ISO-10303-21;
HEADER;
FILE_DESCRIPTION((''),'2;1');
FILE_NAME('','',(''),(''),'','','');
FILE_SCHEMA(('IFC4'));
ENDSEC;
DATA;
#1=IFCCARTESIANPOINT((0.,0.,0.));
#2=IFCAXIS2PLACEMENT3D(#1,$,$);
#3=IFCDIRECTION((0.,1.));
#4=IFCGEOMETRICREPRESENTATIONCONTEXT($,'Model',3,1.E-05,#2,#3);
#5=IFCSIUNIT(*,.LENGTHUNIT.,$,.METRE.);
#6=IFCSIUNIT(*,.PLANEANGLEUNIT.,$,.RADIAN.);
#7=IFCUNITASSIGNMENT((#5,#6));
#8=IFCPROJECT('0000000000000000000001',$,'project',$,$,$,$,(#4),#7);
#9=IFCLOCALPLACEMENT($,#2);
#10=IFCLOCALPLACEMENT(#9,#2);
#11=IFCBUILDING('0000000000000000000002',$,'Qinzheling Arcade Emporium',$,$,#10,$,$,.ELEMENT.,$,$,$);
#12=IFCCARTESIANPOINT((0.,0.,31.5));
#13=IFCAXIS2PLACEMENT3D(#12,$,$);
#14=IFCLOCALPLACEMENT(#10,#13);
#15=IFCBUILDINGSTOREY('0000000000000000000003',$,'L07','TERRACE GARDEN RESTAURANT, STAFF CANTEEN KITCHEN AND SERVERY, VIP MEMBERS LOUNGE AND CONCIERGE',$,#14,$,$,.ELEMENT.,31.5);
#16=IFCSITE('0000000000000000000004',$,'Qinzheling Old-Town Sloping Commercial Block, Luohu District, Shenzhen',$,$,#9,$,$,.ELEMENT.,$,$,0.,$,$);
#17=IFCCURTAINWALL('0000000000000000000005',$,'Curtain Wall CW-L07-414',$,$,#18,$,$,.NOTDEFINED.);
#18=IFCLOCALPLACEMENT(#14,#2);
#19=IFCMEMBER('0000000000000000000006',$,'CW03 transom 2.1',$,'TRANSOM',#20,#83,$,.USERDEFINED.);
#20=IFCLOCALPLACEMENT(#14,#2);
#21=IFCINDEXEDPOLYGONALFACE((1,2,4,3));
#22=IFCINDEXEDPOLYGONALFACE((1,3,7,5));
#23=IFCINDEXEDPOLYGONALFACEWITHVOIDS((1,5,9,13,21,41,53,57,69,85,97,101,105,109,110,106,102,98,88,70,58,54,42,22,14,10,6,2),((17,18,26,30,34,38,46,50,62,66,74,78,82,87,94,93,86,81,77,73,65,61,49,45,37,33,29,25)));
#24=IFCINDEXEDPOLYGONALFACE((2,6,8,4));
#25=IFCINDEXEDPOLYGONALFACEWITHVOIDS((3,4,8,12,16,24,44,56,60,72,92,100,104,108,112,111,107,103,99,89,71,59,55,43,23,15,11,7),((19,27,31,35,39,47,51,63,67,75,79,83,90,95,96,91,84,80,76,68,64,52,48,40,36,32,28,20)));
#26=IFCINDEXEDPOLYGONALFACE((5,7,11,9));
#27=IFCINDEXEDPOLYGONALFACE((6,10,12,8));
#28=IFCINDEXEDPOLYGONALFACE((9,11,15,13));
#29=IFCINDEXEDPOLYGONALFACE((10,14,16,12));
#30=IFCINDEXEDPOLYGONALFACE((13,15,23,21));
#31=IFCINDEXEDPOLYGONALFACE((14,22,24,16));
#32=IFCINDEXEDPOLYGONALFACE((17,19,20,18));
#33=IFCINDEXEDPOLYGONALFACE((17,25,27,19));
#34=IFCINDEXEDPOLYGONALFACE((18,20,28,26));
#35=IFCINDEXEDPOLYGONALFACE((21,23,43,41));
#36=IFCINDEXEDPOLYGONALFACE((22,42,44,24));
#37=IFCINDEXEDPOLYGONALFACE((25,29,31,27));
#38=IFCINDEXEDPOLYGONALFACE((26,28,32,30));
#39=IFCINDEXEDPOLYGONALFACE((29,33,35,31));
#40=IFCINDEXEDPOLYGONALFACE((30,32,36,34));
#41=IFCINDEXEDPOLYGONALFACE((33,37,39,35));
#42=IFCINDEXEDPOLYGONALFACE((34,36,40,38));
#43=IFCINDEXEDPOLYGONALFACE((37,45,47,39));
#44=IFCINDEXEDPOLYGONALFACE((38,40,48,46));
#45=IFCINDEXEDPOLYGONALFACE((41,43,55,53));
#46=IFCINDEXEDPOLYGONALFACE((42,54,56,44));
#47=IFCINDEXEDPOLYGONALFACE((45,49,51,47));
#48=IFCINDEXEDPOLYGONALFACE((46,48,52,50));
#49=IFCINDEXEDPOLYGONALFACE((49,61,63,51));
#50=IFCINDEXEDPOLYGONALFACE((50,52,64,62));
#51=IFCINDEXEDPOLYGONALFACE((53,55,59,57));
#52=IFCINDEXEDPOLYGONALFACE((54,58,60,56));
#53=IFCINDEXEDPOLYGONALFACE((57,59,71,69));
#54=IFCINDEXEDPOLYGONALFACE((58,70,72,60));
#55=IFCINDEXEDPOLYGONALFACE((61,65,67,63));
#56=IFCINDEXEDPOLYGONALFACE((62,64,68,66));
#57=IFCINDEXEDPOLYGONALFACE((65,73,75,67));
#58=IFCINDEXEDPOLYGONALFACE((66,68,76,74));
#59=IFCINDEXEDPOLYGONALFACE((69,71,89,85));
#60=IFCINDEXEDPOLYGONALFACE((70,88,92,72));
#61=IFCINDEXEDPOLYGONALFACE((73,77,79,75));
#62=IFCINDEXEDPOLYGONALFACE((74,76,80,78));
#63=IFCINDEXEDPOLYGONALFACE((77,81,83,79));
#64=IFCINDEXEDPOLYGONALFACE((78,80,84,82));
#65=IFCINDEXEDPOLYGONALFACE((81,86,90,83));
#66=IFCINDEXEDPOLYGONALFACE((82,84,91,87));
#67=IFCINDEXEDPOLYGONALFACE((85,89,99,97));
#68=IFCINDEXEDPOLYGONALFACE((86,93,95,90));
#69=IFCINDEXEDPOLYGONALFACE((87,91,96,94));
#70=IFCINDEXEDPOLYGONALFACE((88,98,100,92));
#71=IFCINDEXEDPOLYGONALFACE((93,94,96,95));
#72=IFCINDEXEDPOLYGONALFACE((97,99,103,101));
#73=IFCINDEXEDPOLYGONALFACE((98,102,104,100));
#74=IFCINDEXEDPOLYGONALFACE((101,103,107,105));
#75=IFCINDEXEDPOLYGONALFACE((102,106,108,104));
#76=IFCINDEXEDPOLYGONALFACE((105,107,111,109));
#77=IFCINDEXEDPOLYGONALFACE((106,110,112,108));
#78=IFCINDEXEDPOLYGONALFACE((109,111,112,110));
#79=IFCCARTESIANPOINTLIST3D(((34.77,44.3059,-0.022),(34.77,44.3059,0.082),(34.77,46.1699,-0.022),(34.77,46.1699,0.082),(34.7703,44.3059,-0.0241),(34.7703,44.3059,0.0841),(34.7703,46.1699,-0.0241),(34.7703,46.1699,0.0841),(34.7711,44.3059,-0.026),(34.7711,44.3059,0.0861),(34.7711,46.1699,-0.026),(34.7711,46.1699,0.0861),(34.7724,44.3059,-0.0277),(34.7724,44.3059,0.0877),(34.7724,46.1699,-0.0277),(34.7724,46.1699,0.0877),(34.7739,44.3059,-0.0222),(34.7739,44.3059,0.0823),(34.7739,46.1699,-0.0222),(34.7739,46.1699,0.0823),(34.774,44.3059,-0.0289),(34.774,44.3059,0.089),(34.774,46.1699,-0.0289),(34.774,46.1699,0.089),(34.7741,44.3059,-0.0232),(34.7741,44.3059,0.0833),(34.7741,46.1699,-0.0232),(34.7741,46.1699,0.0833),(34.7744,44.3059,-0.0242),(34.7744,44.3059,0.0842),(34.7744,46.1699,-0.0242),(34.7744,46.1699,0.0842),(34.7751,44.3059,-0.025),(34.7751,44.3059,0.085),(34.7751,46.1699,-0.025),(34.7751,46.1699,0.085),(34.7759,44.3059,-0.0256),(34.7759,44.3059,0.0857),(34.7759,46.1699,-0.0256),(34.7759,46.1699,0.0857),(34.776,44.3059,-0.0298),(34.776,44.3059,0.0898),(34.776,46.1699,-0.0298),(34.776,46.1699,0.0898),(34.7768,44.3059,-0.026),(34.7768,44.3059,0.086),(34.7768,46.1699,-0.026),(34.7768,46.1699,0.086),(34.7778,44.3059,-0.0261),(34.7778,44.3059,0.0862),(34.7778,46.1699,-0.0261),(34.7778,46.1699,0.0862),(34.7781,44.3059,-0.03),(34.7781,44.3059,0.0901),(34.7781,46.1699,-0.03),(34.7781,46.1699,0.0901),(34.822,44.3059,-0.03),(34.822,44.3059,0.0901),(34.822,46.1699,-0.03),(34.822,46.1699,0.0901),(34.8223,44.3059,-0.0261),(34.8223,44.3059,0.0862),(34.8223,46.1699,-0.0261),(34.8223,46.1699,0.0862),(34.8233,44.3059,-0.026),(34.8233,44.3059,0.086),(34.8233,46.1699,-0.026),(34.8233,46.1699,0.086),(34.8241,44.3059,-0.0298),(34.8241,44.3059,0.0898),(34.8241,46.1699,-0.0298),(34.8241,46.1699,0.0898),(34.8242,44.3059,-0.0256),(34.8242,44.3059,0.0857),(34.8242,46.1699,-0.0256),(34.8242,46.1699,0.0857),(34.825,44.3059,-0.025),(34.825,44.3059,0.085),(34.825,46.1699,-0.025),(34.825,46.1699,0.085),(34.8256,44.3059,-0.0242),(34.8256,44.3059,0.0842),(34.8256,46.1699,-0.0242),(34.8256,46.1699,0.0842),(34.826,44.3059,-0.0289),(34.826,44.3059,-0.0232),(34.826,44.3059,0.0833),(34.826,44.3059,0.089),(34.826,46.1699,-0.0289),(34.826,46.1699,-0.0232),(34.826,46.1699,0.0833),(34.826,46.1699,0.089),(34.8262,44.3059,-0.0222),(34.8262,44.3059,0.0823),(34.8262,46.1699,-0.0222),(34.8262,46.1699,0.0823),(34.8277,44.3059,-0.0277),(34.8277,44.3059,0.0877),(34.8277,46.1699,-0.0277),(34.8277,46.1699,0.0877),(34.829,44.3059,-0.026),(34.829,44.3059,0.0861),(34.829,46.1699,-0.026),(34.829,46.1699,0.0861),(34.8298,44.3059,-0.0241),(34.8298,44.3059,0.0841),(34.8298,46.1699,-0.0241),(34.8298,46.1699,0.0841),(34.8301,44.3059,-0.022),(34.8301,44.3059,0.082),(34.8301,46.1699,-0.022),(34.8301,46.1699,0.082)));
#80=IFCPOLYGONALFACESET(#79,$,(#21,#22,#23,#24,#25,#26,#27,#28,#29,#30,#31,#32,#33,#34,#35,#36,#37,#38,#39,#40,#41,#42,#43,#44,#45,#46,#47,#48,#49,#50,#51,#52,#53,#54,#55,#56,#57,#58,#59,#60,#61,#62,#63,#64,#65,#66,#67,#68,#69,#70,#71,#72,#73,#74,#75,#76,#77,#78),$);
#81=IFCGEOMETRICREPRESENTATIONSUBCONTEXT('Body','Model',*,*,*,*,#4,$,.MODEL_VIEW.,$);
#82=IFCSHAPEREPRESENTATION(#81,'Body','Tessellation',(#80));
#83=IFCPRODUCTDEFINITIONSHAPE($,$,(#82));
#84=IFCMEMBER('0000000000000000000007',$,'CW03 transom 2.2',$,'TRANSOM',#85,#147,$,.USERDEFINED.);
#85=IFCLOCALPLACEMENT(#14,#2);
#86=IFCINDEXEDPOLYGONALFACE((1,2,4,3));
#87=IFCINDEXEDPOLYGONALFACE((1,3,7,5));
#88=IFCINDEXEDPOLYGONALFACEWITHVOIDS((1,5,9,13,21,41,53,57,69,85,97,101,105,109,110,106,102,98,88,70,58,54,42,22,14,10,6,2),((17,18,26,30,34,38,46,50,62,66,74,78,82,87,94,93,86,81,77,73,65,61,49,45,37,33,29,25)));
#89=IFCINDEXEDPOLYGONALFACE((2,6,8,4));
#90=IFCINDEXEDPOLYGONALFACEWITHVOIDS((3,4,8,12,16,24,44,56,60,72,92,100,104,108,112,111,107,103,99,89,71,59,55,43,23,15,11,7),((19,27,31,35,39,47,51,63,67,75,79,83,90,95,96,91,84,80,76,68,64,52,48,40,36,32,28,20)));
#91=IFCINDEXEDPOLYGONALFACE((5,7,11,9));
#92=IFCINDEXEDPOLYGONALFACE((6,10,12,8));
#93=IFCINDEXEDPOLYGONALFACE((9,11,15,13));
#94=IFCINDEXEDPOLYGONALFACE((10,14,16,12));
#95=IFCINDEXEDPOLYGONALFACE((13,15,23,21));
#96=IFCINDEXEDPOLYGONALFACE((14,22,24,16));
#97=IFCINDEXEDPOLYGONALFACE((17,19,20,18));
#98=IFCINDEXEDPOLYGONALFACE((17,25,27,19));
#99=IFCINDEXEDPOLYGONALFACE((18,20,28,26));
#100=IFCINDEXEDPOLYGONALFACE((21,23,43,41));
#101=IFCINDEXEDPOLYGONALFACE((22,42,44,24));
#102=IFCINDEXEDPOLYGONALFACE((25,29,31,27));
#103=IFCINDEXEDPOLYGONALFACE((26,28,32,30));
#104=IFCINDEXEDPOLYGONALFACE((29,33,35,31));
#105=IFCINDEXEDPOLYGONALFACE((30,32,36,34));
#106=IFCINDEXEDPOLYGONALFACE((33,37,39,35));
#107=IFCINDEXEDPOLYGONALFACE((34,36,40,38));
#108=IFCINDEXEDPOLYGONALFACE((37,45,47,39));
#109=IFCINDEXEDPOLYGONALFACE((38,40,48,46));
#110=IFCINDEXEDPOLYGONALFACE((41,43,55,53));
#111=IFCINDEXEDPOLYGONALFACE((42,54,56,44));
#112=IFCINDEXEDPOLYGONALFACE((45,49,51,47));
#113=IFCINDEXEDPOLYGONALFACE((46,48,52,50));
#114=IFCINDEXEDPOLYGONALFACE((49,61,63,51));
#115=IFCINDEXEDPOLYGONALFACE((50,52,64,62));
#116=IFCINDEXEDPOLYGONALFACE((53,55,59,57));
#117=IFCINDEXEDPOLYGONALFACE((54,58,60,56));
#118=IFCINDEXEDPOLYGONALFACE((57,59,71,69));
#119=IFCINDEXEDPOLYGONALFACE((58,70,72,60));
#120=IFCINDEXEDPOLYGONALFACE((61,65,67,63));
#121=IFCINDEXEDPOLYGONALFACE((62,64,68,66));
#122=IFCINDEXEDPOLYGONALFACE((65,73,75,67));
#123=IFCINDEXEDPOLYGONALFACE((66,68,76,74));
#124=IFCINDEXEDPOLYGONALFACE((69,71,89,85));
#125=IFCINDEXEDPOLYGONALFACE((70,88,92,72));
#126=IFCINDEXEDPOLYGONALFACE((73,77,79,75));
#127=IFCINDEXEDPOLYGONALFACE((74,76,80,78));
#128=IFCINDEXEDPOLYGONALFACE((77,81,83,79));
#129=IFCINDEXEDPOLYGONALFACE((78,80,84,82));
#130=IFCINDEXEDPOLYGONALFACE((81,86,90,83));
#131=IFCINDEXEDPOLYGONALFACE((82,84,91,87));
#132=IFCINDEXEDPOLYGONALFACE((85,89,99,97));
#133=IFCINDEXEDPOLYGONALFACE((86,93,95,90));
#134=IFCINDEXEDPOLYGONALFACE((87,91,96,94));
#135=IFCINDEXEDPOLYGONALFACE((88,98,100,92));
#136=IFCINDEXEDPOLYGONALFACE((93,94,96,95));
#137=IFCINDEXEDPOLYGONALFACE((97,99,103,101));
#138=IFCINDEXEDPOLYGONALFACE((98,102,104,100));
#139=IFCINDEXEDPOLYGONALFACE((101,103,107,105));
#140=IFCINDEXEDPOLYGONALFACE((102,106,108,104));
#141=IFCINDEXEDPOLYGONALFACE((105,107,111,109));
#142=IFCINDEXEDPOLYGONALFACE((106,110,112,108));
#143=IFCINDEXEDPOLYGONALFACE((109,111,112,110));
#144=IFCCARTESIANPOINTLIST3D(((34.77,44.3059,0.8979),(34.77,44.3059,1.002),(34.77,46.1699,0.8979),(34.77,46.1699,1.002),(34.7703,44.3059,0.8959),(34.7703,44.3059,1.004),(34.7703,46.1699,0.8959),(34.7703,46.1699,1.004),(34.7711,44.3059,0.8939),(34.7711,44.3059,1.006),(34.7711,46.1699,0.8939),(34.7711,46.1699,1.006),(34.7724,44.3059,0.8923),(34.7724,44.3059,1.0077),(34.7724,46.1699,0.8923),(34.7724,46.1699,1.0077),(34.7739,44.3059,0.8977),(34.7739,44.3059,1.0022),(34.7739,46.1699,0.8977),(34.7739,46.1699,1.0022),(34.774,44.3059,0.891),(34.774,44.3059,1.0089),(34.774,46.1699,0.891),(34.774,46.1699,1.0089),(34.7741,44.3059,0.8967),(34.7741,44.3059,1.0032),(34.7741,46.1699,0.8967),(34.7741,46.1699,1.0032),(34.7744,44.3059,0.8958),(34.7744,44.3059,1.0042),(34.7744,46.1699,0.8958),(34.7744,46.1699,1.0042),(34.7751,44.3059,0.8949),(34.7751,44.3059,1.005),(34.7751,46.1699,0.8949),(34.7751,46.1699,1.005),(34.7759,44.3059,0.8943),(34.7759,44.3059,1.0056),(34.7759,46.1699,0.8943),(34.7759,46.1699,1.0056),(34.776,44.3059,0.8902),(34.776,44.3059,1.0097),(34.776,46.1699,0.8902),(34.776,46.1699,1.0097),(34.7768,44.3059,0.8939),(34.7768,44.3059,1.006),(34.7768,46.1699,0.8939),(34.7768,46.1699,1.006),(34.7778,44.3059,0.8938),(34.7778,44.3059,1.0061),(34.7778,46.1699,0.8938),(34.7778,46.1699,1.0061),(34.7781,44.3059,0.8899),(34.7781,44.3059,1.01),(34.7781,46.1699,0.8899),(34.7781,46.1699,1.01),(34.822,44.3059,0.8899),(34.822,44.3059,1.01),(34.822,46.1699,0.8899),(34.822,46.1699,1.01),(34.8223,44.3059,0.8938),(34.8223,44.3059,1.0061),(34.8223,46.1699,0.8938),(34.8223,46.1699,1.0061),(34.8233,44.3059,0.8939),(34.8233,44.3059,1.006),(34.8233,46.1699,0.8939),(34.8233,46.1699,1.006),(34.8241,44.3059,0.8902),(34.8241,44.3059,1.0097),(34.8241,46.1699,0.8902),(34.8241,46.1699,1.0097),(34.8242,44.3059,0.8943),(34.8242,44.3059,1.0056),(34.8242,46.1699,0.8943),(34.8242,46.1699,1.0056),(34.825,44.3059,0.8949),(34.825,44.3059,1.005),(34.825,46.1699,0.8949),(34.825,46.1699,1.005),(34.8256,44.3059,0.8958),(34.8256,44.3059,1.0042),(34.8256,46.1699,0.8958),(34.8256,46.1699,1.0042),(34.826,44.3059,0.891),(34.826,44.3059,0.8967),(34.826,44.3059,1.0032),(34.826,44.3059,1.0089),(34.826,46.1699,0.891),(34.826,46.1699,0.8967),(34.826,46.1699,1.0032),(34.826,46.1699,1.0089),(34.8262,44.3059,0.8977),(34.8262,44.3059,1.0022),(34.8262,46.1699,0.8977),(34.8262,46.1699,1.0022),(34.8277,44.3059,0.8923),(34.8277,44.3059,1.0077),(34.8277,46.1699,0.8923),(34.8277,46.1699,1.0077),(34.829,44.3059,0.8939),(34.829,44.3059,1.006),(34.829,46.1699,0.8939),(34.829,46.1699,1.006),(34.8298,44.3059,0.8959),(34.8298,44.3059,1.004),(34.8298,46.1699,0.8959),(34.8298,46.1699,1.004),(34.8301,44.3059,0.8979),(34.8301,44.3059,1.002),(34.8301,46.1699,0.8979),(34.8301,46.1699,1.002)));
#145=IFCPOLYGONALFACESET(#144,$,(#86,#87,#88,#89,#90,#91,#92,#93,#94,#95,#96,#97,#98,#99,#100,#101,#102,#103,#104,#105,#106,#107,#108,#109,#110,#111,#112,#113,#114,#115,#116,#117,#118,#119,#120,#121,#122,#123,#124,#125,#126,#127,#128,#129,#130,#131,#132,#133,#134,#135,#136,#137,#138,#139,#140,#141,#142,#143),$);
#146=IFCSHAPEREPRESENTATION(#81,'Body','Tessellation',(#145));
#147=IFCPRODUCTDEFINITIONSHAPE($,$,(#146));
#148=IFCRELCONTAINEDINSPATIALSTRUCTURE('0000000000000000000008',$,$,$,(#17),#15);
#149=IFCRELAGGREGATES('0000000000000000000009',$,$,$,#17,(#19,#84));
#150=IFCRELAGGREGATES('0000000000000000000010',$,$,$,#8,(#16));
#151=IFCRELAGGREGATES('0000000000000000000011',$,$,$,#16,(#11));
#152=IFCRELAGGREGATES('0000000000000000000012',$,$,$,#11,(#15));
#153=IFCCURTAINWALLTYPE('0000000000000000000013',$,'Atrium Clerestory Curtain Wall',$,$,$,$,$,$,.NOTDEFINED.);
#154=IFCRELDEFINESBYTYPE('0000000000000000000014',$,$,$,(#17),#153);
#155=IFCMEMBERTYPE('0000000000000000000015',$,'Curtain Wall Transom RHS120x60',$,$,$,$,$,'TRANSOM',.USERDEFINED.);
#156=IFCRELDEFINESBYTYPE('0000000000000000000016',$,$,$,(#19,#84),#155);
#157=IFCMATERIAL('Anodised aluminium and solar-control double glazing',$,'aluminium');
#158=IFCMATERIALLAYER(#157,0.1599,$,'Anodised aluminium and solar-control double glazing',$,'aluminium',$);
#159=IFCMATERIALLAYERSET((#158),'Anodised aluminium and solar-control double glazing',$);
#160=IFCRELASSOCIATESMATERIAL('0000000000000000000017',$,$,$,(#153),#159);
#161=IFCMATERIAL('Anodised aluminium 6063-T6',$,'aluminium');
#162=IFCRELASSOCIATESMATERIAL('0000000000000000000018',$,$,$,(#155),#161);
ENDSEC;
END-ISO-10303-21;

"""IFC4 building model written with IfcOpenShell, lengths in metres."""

from ifc_helpers import new_model, si_unit, direction, frame, origin, origin_2d, place, context, subcontext, project, spatial, hollow_rectangle, extrude, material, layer, layer_set, material_profile, profile_set, type_object, element, aggregate, save


model = new_model("IFC4")

# Units and contexts
model_context = context("Model", 3, precision=1e-05, world=origin(), true_north=direction((0.0, 1.0)))
body_context = subcontext(model_context, "Body", "Model", "MODEL_VIEW")
ifc_project = project(units=[si_unit("LENGTHUNIT", "METRE"), si_unit("PLANEANGLEUNIT", "RADIAN")], contexts=[model_context])

# Site, building, storey
site_placement = place(None, origin())
site = spatial("IfcSite", under=ifc_project, at=site_placement, Name="Qinzheling Old-Town Sloping Commercial Block, Luohu District, Shenzhen", CompositionType="ELEMENT", RefElevation=0.0)
building_placement = place(site_placement, origin())
building = spatial("IfcBuilding", under=site, at=building_placement, Name="Qinzheling Arcade Emporium", CompositionType="ELEMENT")
storey_placement = place(building_placement, frame((0.0, 0.0, 31.5)))
storey = spatial("IfcBuildingStorey", under=building, at=storey_placement, Name="L07", Description="TERRACE GARDEN RESTAURANT, STAFF CANTEEN KITCHEN AND SERVERY, VIP MEMBERS LOUNGE AND CONCIERGE", CompositionType="ELEMENT", Elevation=31.5)

# Shared definitions
ifc_material_1 = material(Name="Anodised aluminium and solar-control double glazing", Category="aluminium")
ifc_layer_1 = layer(ifc_material_1, 0.1599, Name="Anodised aluminium and solar-control double glazing", Category="aluminium")
ifc_layer_set_1 = layer_set([ifc_layer_1], Name="Anodised aluminium and solar-control double glazing")
curtain_wall_type = type_object("IfcCurtainWallType", Name="Atrium Clerestory Curtain Wall", PredefinedType="NOTDEFINED", material=ifc_layer_set_1)
ifc_material_2 = material(Name="Anodised aluminium 6063-T6", Category="aluminium")

# Curtain wall, members
curtain_wall_1_placement = place(storey_placement, origin())
curtain_wall_1 = element("IfcCurtainWall", 1, at=curtain_wall_1_placement, inside=storey, type_object=curtain_wall_type, Name="Curtain Wall CW-L07-414", PredefinedType="NOTDEFINED")
ifc_material_profile_1 = material_profile(ifc_material_2, hollow_rectangle(XDim=0.0601, YDim=0.1201, WallThickness=0.0039, InnerFilletRadius=0.0039, OuterFilletRadius=0.0081, at=origin_2d()), Name="RHS 120x60x4", Category="aluminium")
ifc_profile_set_1 = profile_set([ifc_material_profile_1], Name="Anodised aluminium 6063-T6")
member_type_1 = type_object("IfcMemberType", Name="Curtain Wall Transom RHS120x60", ElementType="TRANSOM", PredefinedType="USERDEFINED", material=ifc_profile_set_1)
member_1_placement = place(storey_placement, frame((34.8, 44.3059, 0.03), z_axis=(0.0, 1.0, 0.0), x_axis=(-1.0, 0.0, 0.0)))
member_1 = element("IfcMember", 2, at=member_1_placement, type_object=member_type_1, Name="CW03 transom 2.1", ObjectType="TRANSOM", PredefinedType="USERDEFINED", context=body_context, shape_type="SweptSolid", body=[
    extrude(hollow_rectangle(XDim=0.0601, YDim=0.1201, WallThickness=0.0039, InnerFilletRadius=0.0039, OuterFilletRadius=0.0081, at=origin_2d()), origin(), (0.0, 0.0, 1.0), 1.864),
])
member_2_placement = place(storey_placement, frame((34.8, 44.3059, 0.95), z_axis=(0.0, 1.0, 0.0), x_axis=(-1.0, 0.0, 0.0)))
member_2 = element("IfcMember", 3, at=member_2_placement, type_object=member_type_1, Name="CW03 transom 2.2", ObjectType="TRANSOM", PredefinedType="USERDEFINED", context=body_context, shape_type="SweptSolid", body=[
    extrude(hollow_rectangle(XDim=0.0601, YDim=0.1201, WallThickness=0.0039, InnerFilletRadius=0.0039, OuterFilletRadius=0.0081, at=origin_2d()), origin(), (0.0, 0.0, 1.0), 1.864),
])

aggregate(curtain_wall_1, [member_1, member_2])

save(model, "model.ifc")
